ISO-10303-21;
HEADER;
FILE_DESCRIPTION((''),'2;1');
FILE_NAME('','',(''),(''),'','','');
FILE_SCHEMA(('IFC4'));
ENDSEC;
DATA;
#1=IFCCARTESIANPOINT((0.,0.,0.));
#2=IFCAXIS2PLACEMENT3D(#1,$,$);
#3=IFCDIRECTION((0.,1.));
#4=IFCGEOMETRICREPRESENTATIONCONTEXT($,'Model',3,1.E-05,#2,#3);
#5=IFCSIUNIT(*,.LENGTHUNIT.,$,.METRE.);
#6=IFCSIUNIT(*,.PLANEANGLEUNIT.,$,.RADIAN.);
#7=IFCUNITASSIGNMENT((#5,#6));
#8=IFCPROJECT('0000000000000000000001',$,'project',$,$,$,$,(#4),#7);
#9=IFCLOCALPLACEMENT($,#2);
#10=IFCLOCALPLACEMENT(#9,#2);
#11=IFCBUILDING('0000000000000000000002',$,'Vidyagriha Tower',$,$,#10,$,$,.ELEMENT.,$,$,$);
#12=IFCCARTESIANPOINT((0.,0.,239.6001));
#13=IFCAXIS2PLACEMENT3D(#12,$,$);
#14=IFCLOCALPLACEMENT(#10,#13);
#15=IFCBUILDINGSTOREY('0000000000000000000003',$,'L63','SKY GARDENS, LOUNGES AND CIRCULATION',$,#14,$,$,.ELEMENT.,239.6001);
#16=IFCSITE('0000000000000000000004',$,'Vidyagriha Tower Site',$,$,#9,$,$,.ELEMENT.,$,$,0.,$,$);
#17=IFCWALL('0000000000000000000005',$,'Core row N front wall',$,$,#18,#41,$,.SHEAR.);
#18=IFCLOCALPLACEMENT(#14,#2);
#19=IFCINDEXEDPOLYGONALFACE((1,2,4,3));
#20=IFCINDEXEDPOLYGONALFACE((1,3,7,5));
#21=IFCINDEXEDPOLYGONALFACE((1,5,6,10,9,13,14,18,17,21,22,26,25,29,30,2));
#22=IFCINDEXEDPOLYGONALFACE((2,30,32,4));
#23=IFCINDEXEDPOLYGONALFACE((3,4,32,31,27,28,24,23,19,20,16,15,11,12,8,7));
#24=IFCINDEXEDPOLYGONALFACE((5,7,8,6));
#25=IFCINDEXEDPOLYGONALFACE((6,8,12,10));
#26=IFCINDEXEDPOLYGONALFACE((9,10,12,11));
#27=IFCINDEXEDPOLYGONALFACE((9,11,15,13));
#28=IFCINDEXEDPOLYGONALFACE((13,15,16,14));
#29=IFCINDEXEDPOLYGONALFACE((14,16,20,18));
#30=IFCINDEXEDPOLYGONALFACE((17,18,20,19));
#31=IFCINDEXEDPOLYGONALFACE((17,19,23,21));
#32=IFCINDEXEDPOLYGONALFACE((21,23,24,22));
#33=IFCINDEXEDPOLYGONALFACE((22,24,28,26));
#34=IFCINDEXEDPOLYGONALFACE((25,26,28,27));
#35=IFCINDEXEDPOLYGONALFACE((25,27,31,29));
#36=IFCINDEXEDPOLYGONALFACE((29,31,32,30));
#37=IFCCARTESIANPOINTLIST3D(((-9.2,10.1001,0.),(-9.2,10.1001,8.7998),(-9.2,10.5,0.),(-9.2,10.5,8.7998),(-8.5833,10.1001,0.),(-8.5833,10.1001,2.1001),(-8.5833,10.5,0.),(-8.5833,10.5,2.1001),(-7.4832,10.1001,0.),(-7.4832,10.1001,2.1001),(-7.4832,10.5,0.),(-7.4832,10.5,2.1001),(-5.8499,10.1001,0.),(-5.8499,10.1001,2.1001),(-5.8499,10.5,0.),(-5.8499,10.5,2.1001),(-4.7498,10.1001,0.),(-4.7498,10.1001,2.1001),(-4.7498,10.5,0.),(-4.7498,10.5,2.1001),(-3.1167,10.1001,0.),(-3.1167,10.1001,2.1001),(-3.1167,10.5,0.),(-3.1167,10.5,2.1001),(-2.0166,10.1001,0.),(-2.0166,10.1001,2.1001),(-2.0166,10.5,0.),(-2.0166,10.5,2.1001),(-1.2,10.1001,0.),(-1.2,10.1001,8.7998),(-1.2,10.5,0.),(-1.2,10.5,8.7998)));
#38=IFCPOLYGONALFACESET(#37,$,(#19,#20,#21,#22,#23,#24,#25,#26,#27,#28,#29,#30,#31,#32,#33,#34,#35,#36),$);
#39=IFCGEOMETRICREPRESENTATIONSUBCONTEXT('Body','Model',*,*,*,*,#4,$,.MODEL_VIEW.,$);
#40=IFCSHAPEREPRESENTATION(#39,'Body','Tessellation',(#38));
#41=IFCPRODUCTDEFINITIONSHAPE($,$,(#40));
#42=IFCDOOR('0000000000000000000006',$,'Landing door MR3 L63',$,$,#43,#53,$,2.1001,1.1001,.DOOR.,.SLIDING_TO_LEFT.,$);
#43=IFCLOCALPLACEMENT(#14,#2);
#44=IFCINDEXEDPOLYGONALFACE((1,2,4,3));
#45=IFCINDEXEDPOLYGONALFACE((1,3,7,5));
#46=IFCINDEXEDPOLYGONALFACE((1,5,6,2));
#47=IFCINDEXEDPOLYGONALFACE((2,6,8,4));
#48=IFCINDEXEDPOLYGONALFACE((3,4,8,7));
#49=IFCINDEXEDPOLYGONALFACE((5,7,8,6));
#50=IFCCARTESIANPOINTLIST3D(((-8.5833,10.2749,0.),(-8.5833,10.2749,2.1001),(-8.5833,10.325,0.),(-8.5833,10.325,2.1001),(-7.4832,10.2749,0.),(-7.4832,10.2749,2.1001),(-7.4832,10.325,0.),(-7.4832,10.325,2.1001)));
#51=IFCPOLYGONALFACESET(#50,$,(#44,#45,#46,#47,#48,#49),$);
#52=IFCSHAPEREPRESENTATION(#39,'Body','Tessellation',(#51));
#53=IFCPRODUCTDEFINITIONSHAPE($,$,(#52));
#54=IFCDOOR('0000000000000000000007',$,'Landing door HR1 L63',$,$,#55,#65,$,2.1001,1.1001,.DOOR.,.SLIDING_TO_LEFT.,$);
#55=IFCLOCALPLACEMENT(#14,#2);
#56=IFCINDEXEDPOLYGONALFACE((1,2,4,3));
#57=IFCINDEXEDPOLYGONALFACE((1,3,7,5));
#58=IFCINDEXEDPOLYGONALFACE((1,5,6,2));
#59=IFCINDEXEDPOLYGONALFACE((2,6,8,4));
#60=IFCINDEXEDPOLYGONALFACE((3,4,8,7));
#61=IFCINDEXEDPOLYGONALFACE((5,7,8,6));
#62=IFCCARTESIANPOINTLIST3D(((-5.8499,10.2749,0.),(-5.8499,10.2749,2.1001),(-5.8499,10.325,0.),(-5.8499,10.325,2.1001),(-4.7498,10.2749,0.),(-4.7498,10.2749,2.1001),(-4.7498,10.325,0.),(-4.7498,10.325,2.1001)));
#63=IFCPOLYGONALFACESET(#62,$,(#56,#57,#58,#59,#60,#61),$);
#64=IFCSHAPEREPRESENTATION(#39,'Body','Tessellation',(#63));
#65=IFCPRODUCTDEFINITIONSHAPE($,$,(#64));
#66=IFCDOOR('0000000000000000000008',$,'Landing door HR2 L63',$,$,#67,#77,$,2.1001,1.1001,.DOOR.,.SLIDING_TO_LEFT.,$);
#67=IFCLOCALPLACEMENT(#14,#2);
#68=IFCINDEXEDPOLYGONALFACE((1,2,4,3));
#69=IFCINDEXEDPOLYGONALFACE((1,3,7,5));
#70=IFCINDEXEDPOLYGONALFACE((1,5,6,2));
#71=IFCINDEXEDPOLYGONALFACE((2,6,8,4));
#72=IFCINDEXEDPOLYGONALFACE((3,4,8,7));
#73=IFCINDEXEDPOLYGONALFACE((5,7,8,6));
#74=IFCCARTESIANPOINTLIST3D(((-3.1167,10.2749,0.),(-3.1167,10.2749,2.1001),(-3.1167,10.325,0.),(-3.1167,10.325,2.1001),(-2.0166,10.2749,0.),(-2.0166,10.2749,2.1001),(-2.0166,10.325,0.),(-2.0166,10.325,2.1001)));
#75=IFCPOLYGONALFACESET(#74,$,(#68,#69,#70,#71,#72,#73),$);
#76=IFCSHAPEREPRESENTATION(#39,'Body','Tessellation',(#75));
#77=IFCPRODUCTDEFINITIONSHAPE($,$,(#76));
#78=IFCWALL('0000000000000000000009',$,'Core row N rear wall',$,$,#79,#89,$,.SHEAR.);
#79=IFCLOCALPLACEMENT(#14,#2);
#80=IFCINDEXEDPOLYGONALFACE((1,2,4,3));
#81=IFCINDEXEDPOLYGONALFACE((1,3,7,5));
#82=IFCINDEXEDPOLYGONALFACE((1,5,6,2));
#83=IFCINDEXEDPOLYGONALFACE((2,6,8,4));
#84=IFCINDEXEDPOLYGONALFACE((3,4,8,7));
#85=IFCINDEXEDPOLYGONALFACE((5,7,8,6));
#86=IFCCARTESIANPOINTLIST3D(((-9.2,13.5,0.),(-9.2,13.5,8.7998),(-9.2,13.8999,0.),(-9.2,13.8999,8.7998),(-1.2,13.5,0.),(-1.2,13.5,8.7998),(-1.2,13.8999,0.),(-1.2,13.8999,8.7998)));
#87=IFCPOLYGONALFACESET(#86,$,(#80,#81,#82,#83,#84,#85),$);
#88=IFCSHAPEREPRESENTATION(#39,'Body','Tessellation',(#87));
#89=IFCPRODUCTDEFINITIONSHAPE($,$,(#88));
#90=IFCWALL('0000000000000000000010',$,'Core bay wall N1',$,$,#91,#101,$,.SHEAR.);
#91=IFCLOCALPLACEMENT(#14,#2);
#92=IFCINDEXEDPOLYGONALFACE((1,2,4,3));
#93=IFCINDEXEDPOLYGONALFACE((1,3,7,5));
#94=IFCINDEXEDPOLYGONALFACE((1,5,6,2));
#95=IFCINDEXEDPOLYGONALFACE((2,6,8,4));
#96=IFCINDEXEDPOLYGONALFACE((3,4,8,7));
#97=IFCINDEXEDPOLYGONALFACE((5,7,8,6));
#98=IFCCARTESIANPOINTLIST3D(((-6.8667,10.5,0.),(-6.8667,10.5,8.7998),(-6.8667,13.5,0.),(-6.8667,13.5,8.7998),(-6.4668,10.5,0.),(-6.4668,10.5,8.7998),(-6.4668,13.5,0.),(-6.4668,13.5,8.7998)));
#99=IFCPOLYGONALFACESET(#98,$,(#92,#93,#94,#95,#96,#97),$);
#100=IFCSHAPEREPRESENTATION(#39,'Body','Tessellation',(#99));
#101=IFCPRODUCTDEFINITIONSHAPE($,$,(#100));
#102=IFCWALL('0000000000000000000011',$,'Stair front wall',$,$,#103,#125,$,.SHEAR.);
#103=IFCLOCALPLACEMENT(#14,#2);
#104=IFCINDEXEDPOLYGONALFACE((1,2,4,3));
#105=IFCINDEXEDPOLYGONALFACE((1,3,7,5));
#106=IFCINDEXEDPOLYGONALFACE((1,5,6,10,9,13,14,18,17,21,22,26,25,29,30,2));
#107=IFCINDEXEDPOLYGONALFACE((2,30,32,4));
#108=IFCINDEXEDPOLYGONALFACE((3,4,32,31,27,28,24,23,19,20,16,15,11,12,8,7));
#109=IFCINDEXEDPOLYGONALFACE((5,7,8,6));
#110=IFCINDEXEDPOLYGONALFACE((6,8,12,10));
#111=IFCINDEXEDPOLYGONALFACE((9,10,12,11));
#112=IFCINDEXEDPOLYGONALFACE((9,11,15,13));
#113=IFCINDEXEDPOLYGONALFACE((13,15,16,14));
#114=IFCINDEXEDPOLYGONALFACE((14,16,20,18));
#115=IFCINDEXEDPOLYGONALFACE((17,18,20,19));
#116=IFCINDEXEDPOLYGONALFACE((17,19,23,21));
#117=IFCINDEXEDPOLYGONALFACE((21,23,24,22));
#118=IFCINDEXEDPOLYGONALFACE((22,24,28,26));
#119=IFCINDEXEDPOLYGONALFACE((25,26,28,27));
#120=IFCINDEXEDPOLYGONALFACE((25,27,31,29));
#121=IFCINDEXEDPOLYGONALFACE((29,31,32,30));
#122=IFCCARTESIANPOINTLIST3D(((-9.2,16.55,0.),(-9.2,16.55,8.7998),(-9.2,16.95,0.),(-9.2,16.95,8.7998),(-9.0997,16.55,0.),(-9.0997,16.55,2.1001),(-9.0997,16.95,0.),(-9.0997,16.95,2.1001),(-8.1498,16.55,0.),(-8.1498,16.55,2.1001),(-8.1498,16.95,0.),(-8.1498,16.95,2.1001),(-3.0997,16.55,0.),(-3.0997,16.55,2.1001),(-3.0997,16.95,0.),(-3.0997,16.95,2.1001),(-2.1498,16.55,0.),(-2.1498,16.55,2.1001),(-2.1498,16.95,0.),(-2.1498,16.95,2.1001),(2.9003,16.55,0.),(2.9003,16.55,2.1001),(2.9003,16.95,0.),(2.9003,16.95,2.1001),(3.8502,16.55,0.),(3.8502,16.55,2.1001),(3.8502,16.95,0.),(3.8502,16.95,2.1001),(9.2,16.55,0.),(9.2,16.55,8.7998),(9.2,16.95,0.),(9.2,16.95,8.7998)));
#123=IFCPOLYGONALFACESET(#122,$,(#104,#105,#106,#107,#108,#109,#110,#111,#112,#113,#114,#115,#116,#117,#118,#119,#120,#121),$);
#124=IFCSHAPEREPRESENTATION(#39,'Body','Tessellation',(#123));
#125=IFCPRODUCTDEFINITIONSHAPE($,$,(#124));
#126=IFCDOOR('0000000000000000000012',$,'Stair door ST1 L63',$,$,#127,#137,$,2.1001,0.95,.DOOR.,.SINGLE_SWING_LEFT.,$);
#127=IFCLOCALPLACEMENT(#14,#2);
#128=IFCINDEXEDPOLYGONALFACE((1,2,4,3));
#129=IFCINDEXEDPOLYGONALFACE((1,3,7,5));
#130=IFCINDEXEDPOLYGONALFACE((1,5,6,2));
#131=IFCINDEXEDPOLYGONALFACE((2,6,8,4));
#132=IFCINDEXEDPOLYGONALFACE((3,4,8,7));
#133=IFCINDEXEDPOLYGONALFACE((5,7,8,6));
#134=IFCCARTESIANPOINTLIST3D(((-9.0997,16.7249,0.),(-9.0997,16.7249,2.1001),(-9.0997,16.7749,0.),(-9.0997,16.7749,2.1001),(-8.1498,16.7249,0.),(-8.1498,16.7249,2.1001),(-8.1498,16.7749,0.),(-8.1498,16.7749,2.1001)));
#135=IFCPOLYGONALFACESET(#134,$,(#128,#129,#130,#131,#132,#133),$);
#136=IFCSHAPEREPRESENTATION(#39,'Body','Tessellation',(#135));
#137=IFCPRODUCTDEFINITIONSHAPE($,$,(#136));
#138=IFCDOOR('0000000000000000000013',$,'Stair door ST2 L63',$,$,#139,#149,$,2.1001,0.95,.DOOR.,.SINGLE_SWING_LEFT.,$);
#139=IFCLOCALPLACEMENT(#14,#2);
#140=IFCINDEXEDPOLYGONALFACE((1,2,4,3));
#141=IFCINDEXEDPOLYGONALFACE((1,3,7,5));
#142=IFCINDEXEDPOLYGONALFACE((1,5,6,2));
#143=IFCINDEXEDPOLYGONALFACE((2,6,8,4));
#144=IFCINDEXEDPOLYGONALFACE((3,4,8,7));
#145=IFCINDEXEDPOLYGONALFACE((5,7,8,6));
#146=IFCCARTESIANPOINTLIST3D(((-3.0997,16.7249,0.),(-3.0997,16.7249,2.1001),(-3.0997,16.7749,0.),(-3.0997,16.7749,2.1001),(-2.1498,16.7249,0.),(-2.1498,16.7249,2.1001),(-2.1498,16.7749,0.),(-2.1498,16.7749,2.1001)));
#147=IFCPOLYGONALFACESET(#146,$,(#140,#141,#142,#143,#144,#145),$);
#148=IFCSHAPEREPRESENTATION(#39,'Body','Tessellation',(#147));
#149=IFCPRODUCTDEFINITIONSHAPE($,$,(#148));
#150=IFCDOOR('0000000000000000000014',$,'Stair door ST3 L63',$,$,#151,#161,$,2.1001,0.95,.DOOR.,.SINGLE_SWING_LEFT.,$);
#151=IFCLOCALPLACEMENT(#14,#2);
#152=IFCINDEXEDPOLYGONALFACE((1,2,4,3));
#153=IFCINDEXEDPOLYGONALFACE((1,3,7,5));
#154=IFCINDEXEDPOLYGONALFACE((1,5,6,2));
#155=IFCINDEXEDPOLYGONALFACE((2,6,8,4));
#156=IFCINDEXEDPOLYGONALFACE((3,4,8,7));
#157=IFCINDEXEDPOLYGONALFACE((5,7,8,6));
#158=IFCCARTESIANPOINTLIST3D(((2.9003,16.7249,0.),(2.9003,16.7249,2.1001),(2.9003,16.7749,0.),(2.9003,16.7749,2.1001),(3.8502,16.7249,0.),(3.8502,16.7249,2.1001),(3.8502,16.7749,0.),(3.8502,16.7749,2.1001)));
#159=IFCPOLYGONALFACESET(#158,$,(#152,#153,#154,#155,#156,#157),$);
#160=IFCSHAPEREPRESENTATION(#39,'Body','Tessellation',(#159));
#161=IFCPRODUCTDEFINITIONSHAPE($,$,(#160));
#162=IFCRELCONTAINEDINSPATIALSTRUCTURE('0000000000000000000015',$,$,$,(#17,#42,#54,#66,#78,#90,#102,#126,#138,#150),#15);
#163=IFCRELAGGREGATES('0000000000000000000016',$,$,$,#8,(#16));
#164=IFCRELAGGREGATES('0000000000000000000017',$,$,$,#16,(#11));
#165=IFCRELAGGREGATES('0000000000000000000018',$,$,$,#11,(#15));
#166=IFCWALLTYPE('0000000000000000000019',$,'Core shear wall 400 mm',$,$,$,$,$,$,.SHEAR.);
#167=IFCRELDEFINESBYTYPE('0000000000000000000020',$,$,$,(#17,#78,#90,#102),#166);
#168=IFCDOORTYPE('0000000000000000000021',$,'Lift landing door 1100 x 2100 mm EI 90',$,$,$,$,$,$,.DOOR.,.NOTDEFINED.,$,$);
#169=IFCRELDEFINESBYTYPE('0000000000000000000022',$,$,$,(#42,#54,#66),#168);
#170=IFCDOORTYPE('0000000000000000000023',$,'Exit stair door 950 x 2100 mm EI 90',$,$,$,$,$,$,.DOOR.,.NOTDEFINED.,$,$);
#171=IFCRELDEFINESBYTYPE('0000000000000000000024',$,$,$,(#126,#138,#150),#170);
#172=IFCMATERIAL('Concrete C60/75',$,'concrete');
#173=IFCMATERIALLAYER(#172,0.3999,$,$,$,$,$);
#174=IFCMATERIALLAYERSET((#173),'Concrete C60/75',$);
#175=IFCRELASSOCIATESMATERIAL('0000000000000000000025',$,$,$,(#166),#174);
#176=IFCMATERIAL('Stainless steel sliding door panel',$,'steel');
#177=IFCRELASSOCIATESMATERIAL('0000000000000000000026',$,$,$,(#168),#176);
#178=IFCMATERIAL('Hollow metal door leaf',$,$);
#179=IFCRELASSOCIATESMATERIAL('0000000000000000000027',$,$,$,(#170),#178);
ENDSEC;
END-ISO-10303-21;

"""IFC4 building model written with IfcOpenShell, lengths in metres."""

from ifc_helpers import new_model, si_unit, direction, frame, frame_2d, origin, place, context, subcontext, project, spatial, rectangle, extrude, material, layer, layer_set, type_object, element, fill, save


model = new_model("IFC4")

# Units and contexts
model_context = context("Model", 3, precision=1e-05, world=origin(), true_north=direction((0.0, 1.0)))
body_context = subcontext(model_context, "Body", "Model", "MODEL_VIEW")
ifc_project = project(units=[si_unit("LENGTHUNIT", "METRE"), si_unit("PLANEANGLEUNIT", "RADIAN")], contexts=[model_context])

# Site, building, storey
site_placement = place(None, origin())
site = spatial("IfcSite", under=ifc_project, at=site_placement, Name="Vidyagriha Tower Site", CompositionType="ELEMENT", RefElevation=0.0)
building_placement = place(site_placement, origin())
building = spatial("IfcBuilding", under=site, at=building_placement, Name="Vidyagriha Tower", CompositionType="ELEMENT")
storey_placement = place(building_placement, frame((0.0, 0.0, 239.6001)))
storey = spatial("IfcBuildingStorey", under=building, at=storey_placement, Name="L63", Description="SKY GARDENS, LOUNGES AND CIRCULATION", CompositionType="ELEMENT", Elevation=239.6001)

# Shared definitions
ifc_material_1 = material(Name="Concrete C60/75", Category="concrete")
ifc_layer_1 = layer(ifc_material_1, 0.3999)
ifc_layer_set_1 = layer_set([ifc_layer_1], Name="Concrete C60/75")
wall_type_1 = type_object("IfcWallType", Name="Core shear wall 400 mm", PredefinedType="SHEAR", material=ifc_layer_set_1)

# Wall, openings, doors
wall_1_placement = place(storey_placement, frame((-9.2, 10.3, 0.0)))
wall_1 = element("IfcWall", 1, at=wall_1_placement, inside=storey, type_object=wall_type_1, Name="Core row N front wall", PredefinedType="SHEAR", context=body_context, shape_type="SweptSolid", body=[
    extrude(rectangle(XDim=8.0, YDim=0.3999, at=frame_2d((4.0, 0.0))), origin(), (0.0, 0.0, 1.0), 8.7998),
])
opening_1_placement = place(wall_1_placement, frame((0.6167, 0.0, 0.0)))
opening_1 = element("IfcOpeningElement", 2, at=opening_1_placement, cuts=wall_1, PredefinedType="OPENING", context=body_context, shape_type="SweptSolid", body=[
    extrude(rectangle(XDim=1.1001, YDim=2.1001, at=frame_2d((0.55, 1.05))), frame((0.0, 0.21, 0.0), z_axis=(0.0, -1.0, 0.0), x_axis=(1.0, 0.0, 0.0)), (0.0, 0.0, 1.0), 0.4199),
])
opening_2_placement = place(wall_1_placement, frame((3.3501, 0.0, 0.0)))
opening_2 = element("IfcOpeningElement", 3, at=opening_2_placement, cuts=wall_1, PredefinedType="OPENING", context=body_context, shape_type="SweptSolid", body=[
    extrude(rectangle(XDim=1.1001, YDim=2.1001, at=frame_2d((0.55, 1.05))), frame((0.0, 0.21, 0.0), z_axis=(0.0, -1.0, 0.0), x_axis=(1.0, 0.0, 0.0)), (0.0, 0.0, 1.0), 0.4199),
])
opening_3_placement = place(wall_1_placement, frame((6.0833, 0.0, 0.0)))
opening_3 = element("IfcOpeningElement", 4, at=opening_3_placement, cuts=wall_1, PredefinedType="OPENING", context=body_context, shape_type="SweptSolid", body=[
    extrude(rectangle(XDim=1.1001, YDim=2.1001, at=frame_2d((0.55, 1.05))), frame((0.0, 0.21, 0.0), z_axis=(0.0, -1.0, 0.0), x_axis=(1.0, 0.0, 0.0)), (0.0, 0.0, 1.0), 0.4199),
])
ifc_material_2 = material(Name="Stainless steel sliding door panel", Category="steel")
door_type_1 = type_object("IfcDoorType", Name="Lift landing door 1100 x 2100 mm EI 90", OperationType="NOTDEFINED", PredefinedType="DOOR", material=ifc_material_2)
door_1_placement = place(opening_1_placement, origin())
door_1 = element("IfcDoor", 5, at=door_1_placement, inside=storey, type_object=door_type_1, Name="Landing door MR3 L63", OperationType="SLIDING_TO_LEFT", OverallHeight=2.1001, OverallWidth=1.1001, PredefinedType="DOOR", context=body_context, shape_type="SweptSolid", body=[
    extrude(rectangle(XDim=1.1001, YDim=2.1001, at=frame_2d((0.55, 1.05))), frame((0.0, 0.0249, 0.0), z_axis=(0.0, -1.0, 0.0), x_axis=(1.0, 0.0, 0.0)), (0.0, 0.0, 1.0), 0.05),
])
fill(opening_1, door_1)
door_2_placement = place(opening_2_placement, origin())
door_2 = element("IfcDoor", 6, at=door_2_placement, inside=storey, type_object=door_type_1, Name="Landing door HR1 L63", OperationType="SLIDING_TO_LEFT", OverallHeight=2.1001, OverallWidth=1.1001, PredefinedType="DOOR", context=body_context, shape_type="SweptSolid", body=[
    extrude(rectangle(XDim=1.1001, YDim=2.1001, at=frame_2d((0.55, 1.05))), frame((0.0, 0.0249, 0.0), z_axis=(0.0, -1.0, 0.0), x_axis=(1.0, 0.0, 0.0)), (0.0, 0.0, 1.0), 0.05),
])
fill(opening_2, door_2)
door_3_placement = place(opening_3_placement, origin())
door_3 = element("IfcDoor", 7, at=door_3_placement, inside=storey, type_object=door_type_1, Name="Landing door HR2 L63", OperationType="SLIDING_TO_LEFT", OverallHeight=2.1001, OverallWidth=1.1001, PredefinedType="DOOR", context=body_context, shape_type="SweptSolid", body=[
    extrude(rectangle(XDim=1.1001, YDim=2.1001, at=frame_2d((0.55, 1.05))), frame((0.0, 0.0249, 0.0), z_axis=(0.0, -1.0, 0.0), x_axis=(1.0, 0.0, 0.0)), (0.0, 0.0, 1.0), 0.05),
])
fill(opening_3, door_3)

# Walls
wall_2_placement = place(storey_placement, frame((-9.2, 13.7, 0.0)))
element("IfcWall", 8, at=wall_2_placement, inside=storey, type_object=wall_type_1, Name="Core row N rear wall", PredefinedType="SHEAR", context=body_context, shape_type="SweptSolid", body=[
    extrude(rectangle(XDim=8.0, YDim=0.3999, at=frame_2d((4.0, 0.0))), origin(), (0.0, 0.0, 1.0), 8.7998),
])
wall_3_placement = place(storey_placement, frame((-6.6667, 10.5, 0.0), z_axis=(0.0, 0.0, 1.0), x_axis=(0.0, 1.0, 0.0)))
element("IfcWall", 9, at=wall_3_placement, inside=storey, type_object=wall_type_1, Name="Core bay wall N1", PredefinedType="SHEAR", context=body_context, shape_type="SweptSolid", body=[
    extrude(rectangle(XDim=3.0, YDim=0.3999, at=frame_2d((1.5, 0.0))), origin(), (0.0, 0.0, 1.0), 8.7998),
])

# Wall, openings, doors
wall_4_placement = place(storey_placement, frame((-9.2, 16.75, 0.0)))
wall_4 = element("IfcWall", 10, at=wall_4_placement, inside=storey, type_object=wall_type_1, Name="Stair front wall", PredefinedType="SHEAR", context=body_context, shape_type="SweptSolid", body=[
    extrude(rectangle(XDim=18.3999, YDim=0.3999, at=frame_2d((9.2, 0.0))), origin(), (0.0, 0.0, 1.0), 8.7998),
])
opening_4_placement = place(wall_4_placement, frame((0.1001, 0.0, 0.0)))
opening_4 = element("IfcOpeningElement", 11, at=opening_4_placement, cuts=wall_4, PredefinedType="OPENING", context=body_context, shape_type="SweptSolid", body=[
    extrude(rectangle(XDim=0.95, YDim=2.1001, at=frame_2d((0.4751, 1.05))), frame((0.0, 0.21, 0.0), z_axis=(0.0, -1.0, 0.0), x_axis=(1.0, 0.0, 0.0)), (0.0, 0.0, 1.0), 0.4199),
])
opening_5_placement = place(wall_4_placement, frame((6.1001, 0.0, 0.0)))
opening_5 = element("IfcOpeningElement", 12, at=opening_5_placement, cuts=wall_4, PredefinedType="OPENING", context=body_context, shape_type="SweptSolid", body=[
    extrude(rectangle(XDim=0.95, YDim=2.1001, at=frame_2d((0.4751, 1.05))), frame((0.0, 0.21, 0.0), z_axis=(0.0, -1.0, 0.0), x_axis=(1.0, 0.0, 0.0)), (0.0, 0.0, 1.0), 0.4199),
])
opening_6_placement = place(wall_4_placement, frame((12.1001, 0.0, 0.0)))
opening_6 = element("IfcOpeningElement", 13, at=opening_6_placement, cuts=wall_4, PredefinedType="OPENING", context=body_context, shape_type="SweptSolid", body=[
    extrude(rectangle(XDim=0.95, YDim=2.1001, at=frame_2d((0.4751, 1.05))), frame((0.0, 0.21, 0.0), z_axis=(0.0, -1.0, 0.0), x_axis=(1.0, 0.0, 0.0)), (0.0, 0.0, 1.0), 0.4199),
])
ifc_material_3 = material(Name="Hollow metal door leaf")
door_type_2 = type_object("IfcDoorType", Name="Exit stair door 950 x 2100 mm EI 90", OperationType="NOTDEFINED", PredefinedType="DOOR", material=ifc_material_3)
door_4_placement = place(opening_4_placement, origin())
door_4 = element("IfcDoor", 14, at=door_4_placement, inside=storey, type_object=door_type_2, Name="Stair door ST1 L63", OperationType="SINGLE_SWING_LEFT", OverallHeight=2.1001, OverallWidth=0.95, PredefinedType="DOOR", context=body_context, shape_type="SweptSolid", body=[
    extrude(rectangle(XDim=0.95, YDim=2.1001, at=frame_2d((0.4751, 1.05))), frame((0.0, 0.0249, 0.0), z_axis=(0.0, -1.0, 0.0), x_axis=(1.0, 0.0, 0.0)), (0.0, 0.0, 1.0), 0.05),
])
fill(opening_4, door_4)
door_5_placement = place(opening_5_placement, origin())
door_5 = element("IfcDoor", 15, at=door_5_placement, inside=storey, type_object=door_type_2, Name="Stair door ST2 L63", OperationType="SINGLE_SWING_LEFT", OverallHeight=2.1001, OverallWidth=0.95, PredefinedType="DOOR", context=body_context, shape_type="SweptSolid", body=[
    extrude(rectangle(XDim=0.95, YDim=2.1001, at=frame_2d((0.4751, 1.05))), frame((0.0, 0.0249, 0.0), z_axis=(0.0, -1.0, 0.0), x_axis=(1.0, 0.0, 0.0)), (0.0, 0.0, 1.0), 0.05),
])
fill(opening_5, door_5)
door_6_placement = place(opening_6_placement, origin())
door_6 = element("IfcDoor", 16, at=door_6_placement, inside=storey, type_object=door_type_2, Name="Stair door ST3 L63", OperationType="SINGLE_SWING_LEFT", OverallHeight=2.1001, OverallWidth=0.95, PredefinedType="DOOR", context=body_context, shape_type="SweptSolid", body=[
    extrude(rectangle(XDim=0.95, YDim=2.1001, at=frame_2d((0.4751, 1.05))), frame((0.0, 0.0249, 0.0), z_axis=(0.0, -1.0, 0.0), x_axis=(1.0, 0.0, 0.0)), (0.0, 0.0, 1.0), 0.05),
])
fill(opening_6, door_6)

save(model, "model.ifc")
